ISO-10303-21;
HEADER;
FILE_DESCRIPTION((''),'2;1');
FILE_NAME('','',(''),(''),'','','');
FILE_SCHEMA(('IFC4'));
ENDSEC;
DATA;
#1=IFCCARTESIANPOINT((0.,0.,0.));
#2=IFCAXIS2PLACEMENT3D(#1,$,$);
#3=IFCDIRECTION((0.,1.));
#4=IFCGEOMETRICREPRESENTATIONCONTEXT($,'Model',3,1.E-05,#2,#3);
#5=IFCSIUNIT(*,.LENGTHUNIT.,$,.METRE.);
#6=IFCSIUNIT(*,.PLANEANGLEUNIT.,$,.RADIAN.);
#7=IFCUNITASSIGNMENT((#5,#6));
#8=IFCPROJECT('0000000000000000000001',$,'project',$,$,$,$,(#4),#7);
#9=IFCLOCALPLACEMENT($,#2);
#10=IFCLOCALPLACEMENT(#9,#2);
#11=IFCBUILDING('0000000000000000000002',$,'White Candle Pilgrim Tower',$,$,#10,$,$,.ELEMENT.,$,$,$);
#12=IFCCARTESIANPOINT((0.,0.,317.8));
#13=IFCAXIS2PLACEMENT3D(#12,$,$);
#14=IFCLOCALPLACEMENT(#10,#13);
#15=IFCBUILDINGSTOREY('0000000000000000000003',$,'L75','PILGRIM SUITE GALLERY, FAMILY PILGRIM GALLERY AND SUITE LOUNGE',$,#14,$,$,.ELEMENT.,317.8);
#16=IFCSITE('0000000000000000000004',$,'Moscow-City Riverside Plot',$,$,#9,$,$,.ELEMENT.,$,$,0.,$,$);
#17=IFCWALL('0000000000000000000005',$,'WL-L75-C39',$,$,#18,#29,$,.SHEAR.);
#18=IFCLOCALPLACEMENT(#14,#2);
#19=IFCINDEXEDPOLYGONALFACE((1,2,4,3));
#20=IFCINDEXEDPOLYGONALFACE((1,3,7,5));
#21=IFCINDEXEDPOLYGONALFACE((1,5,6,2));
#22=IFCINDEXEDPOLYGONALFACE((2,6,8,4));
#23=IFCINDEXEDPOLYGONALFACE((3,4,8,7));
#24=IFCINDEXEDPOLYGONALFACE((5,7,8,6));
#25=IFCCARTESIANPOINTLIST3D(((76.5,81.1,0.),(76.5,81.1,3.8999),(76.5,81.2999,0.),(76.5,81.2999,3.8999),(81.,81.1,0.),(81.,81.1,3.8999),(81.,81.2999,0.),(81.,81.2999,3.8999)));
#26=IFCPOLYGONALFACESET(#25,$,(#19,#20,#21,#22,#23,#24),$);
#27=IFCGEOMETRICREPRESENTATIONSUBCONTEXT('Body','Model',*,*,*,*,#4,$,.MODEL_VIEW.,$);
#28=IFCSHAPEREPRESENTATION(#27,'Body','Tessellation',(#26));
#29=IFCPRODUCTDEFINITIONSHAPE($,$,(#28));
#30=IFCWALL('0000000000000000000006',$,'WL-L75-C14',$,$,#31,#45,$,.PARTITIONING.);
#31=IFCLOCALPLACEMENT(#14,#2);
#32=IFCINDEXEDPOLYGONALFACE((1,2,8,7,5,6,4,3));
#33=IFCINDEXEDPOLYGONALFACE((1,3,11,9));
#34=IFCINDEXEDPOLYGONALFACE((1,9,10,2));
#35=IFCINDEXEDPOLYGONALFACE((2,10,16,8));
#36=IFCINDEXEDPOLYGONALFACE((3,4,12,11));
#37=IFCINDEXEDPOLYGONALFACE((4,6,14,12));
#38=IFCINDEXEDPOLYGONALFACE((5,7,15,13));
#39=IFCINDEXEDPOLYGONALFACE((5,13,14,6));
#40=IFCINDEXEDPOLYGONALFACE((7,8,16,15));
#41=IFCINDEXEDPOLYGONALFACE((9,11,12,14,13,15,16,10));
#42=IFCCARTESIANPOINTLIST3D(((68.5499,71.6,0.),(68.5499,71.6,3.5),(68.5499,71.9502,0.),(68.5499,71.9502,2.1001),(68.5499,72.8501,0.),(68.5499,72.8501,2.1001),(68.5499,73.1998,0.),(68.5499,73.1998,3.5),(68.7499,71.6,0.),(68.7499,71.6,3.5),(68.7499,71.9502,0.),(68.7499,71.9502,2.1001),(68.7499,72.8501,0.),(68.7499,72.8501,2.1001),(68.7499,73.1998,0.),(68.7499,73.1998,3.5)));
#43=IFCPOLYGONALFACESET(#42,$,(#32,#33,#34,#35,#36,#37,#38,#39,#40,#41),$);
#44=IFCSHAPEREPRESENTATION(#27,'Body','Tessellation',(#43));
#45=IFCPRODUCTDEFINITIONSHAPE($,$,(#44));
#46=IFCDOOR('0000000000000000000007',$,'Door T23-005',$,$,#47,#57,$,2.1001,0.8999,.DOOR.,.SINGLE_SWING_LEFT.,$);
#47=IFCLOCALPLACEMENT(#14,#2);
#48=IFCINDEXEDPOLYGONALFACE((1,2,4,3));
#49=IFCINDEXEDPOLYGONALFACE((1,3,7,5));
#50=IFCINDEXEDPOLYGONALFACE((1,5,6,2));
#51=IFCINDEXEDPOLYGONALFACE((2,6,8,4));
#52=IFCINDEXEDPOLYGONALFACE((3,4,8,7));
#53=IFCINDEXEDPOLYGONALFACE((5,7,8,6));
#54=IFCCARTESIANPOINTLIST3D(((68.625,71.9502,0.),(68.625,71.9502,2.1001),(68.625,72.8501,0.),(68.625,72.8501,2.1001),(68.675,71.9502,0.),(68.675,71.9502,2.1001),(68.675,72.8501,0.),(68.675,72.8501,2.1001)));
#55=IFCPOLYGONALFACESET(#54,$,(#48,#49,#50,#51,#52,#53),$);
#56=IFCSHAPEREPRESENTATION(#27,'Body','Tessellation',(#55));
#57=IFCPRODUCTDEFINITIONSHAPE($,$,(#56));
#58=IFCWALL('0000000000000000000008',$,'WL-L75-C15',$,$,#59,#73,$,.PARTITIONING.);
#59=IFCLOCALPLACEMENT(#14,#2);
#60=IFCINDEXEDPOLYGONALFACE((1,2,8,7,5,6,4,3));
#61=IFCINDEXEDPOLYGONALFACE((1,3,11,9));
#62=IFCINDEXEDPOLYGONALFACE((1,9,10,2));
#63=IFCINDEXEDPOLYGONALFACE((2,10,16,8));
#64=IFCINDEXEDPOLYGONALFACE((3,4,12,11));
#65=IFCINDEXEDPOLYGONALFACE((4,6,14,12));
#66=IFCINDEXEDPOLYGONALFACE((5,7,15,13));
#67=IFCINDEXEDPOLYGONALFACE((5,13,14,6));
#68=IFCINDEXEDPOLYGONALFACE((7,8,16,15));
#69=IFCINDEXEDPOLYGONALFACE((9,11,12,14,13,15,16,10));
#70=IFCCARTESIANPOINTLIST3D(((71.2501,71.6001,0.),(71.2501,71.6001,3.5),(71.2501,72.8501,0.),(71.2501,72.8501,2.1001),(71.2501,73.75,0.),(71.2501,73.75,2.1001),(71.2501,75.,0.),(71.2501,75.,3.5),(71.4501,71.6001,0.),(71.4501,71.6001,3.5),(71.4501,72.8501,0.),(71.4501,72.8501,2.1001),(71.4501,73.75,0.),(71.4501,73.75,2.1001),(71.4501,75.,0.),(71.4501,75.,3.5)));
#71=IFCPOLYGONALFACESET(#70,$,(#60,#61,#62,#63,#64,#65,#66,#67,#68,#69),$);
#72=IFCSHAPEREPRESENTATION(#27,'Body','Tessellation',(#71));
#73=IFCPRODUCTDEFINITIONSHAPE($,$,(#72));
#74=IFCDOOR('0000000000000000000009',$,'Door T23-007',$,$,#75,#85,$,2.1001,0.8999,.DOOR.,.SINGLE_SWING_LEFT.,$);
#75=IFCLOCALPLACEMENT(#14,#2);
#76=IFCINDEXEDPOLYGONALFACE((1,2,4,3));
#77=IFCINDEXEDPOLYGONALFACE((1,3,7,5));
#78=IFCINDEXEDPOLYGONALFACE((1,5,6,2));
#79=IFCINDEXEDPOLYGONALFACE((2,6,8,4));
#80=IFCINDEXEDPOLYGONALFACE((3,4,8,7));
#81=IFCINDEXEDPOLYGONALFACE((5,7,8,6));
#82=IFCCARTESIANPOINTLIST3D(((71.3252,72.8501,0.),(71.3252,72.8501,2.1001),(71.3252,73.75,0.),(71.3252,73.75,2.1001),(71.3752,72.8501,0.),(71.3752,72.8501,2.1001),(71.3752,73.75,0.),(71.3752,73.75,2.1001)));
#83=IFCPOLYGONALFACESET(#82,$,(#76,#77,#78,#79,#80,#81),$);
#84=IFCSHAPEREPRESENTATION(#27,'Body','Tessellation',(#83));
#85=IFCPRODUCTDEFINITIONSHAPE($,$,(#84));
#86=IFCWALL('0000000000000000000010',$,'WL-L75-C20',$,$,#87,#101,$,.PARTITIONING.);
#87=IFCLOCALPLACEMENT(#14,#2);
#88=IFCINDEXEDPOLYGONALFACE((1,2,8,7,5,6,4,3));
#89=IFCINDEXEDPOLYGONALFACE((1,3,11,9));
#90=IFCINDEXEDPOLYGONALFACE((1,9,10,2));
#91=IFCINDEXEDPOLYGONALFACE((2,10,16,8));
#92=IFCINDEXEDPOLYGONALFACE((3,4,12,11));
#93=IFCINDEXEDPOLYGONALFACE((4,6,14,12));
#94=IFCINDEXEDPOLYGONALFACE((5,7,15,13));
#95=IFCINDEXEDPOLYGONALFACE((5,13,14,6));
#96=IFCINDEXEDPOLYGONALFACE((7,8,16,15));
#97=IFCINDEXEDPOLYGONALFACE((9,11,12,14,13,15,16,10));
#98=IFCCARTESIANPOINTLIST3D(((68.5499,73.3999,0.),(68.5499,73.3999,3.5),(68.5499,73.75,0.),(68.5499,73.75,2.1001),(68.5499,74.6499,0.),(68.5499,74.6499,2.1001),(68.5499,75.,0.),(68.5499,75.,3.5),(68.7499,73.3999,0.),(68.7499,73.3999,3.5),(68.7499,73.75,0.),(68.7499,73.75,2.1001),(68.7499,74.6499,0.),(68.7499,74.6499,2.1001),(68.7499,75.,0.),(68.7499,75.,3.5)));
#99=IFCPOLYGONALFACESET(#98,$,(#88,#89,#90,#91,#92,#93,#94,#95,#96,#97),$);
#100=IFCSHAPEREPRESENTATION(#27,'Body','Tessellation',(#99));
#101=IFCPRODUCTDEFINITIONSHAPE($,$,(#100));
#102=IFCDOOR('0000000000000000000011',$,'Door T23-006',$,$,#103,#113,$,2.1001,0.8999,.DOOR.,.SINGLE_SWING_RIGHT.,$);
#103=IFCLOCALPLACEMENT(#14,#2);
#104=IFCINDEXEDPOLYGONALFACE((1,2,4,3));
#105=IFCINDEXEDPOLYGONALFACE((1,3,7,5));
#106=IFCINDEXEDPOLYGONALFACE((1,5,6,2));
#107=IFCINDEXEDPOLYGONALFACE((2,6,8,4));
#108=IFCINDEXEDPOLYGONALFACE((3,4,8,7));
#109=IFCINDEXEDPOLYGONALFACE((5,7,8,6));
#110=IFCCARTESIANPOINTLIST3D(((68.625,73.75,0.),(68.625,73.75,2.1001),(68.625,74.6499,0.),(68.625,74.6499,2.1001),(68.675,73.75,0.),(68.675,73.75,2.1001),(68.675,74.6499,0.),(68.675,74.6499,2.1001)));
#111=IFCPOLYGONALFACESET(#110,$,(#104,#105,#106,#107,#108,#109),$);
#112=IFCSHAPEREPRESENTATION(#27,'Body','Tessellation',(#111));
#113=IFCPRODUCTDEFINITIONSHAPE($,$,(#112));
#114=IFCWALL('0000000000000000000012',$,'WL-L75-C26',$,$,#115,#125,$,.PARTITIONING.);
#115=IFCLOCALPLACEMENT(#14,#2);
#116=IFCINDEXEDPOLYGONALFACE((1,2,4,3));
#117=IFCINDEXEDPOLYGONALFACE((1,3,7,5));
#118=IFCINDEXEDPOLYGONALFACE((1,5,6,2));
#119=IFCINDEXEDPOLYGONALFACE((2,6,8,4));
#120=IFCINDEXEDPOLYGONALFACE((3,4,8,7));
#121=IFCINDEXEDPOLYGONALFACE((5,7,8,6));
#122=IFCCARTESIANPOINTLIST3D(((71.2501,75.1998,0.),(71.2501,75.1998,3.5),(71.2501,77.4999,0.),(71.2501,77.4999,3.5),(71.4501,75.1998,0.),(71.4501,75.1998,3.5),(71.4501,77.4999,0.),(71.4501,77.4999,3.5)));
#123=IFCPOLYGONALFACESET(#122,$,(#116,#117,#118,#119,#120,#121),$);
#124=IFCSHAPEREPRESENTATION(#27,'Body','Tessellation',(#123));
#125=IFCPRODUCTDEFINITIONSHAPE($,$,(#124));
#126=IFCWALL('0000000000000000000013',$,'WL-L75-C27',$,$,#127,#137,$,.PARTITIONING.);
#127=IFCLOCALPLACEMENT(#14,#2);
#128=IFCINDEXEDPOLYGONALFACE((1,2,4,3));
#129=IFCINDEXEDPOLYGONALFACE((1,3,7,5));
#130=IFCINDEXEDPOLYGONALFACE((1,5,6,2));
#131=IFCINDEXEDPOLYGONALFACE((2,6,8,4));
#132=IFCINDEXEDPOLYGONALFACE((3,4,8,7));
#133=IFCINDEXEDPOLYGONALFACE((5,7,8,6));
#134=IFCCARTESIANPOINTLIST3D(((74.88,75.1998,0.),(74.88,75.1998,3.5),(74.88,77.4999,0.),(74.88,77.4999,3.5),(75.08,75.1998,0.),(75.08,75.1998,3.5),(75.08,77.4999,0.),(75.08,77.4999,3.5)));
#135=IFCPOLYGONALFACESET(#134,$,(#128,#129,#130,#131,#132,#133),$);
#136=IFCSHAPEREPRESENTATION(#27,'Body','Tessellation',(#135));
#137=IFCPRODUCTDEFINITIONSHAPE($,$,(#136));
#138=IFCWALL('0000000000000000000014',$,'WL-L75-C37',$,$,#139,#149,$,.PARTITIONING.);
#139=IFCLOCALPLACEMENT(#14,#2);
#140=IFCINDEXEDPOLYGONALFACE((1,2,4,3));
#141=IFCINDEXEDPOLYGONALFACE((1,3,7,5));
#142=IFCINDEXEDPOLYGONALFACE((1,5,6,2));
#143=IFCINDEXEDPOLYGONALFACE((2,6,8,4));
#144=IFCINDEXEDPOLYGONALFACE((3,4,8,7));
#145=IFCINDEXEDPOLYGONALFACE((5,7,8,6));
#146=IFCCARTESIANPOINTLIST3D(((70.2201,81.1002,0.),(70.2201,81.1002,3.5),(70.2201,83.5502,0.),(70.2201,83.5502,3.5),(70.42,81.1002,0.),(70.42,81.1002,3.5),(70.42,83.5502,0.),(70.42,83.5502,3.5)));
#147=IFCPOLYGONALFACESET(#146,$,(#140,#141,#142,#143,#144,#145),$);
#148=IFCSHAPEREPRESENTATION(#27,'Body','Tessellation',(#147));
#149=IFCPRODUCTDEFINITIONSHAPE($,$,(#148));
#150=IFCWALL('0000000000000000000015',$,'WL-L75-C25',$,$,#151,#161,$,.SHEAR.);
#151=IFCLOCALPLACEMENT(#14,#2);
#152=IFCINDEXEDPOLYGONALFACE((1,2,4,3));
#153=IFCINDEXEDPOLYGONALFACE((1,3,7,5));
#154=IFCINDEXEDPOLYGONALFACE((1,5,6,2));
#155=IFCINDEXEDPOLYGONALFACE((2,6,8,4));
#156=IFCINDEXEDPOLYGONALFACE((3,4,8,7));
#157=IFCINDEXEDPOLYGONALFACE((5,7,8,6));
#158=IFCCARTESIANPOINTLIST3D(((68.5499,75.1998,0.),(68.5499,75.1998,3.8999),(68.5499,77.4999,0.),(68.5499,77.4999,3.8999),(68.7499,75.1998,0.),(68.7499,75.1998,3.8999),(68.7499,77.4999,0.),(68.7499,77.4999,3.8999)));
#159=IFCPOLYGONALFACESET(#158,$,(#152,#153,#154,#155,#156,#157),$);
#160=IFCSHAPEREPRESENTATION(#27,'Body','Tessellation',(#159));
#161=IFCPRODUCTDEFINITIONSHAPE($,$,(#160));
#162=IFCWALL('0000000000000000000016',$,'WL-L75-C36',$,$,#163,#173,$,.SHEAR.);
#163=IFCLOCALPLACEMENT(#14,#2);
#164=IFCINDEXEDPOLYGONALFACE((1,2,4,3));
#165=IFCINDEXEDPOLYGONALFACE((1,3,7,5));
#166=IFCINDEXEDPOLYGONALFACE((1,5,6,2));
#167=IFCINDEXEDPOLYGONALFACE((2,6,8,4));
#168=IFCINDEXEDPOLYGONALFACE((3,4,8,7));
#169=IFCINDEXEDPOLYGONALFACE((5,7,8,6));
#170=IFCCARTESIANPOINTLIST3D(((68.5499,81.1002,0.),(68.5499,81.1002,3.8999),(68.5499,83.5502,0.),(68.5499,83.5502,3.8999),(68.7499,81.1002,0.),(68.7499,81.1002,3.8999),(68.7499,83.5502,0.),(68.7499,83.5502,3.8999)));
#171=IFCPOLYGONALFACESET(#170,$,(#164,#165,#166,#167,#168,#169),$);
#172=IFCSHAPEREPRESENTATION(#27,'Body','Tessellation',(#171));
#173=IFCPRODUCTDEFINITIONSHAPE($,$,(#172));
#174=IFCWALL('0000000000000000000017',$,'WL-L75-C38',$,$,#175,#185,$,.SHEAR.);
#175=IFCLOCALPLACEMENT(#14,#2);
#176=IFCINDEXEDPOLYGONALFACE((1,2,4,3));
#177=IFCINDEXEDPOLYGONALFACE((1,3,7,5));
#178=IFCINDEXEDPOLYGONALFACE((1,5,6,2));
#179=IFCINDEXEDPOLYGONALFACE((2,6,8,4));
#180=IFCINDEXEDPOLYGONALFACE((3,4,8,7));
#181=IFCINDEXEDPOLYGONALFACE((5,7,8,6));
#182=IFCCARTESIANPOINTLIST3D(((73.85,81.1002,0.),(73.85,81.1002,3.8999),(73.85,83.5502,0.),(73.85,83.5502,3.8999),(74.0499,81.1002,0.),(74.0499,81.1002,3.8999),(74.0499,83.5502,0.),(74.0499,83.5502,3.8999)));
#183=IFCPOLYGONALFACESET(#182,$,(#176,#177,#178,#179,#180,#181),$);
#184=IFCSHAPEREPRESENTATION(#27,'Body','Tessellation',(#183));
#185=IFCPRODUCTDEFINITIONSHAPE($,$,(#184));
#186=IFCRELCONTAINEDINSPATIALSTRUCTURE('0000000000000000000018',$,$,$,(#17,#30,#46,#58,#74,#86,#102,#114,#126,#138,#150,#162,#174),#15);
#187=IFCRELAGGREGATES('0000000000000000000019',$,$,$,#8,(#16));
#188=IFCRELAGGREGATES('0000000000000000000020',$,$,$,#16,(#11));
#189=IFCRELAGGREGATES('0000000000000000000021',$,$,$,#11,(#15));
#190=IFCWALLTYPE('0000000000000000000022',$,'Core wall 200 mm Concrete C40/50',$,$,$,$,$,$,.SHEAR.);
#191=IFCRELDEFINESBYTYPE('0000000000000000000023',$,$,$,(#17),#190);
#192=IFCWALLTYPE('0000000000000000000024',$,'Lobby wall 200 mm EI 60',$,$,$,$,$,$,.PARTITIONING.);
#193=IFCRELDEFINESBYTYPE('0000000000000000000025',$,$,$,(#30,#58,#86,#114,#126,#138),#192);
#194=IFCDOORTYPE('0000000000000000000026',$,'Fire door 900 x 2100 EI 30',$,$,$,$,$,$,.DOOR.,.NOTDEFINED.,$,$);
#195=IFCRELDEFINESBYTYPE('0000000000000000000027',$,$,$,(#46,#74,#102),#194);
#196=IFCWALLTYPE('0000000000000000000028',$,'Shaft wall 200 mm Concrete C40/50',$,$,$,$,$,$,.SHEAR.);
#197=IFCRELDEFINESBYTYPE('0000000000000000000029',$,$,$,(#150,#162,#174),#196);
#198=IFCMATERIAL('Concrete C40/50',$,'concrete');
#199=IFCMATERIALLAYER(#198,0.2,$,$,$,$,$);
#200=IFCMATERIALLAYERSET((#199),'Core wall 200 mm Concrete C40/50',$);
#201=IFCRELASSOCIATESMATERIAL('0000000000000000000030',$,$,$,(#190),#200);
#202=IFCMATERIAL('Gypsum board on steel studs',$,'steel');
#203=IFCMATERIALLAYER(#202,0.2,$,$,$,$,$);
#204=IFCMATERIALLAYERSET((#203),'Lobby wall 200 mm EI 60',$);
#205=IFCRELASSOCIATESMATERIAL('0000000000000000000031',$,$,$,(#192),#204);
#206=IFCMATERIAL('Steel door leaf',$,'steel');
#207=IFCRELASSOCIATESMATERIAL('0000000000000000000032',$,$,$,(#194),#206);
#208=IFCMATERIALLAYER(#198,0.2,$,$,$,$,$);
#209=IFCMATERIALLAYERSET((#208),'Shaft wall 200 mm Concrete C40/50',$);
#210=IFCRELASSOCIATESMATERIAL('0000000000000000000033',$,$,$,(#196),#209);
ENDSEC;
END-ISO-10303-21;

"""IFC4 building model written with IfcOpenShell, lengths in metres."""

from ifc_helpers import new_model, si_unit, direction, frame, frame_2d, origin, place, context, subcontext, project, spatial, rectangle, extrude, material, layer, layer_set, type_object, element, fill, save


model = new_model("IFC4")

# Units and contexts
model_context = context("Model", 3, precision=1e-05, world=origin(), true_north=direction((0.0, 1.0)))
body_context = subcontext(model_context, "Body", "Model", "MODEL_VIEW")
ifc_project = project(units=[si_unit("LENGTHUNIT", "METRE"), si_unit("PLANEANGLEUNIT", "RADIAN")], contexts=[model_context])

# Site, building, storey
site_placement = place(None, origin())
site = spatial("IfcSite", under=ifc_project, at=site_placement, Name="Moscow-City Riverside Plot", CompositionType="ELEMENT", RefElevation=0.0)
building_placement = place(site_placement, origin())
building = spatial("IfcBuilding", under=site, at=building_placement, Name="White Candle Pilgrim Tower", CompositionType="ELEMENT")
storey_placement = place(building_placement, frame((0.0, 0.0, 317.8)))
storey = spatial("IfcBuildingStorey", under=building, at=storey_placement, Name="L75", Description="PILGRIM SUITE GALLERY, FAMILY PILGRIM GALLERY AND SUITE LOUNGE", CompositionType="ELEMENT", Elevation=317.8)

# Wall
ifc_material_1 = material(Name="Concrete C40/50", Category="concrete")
ifc_layer_1 = layer(ifc_material_1, 0.2)
ifc_layer_set_1 = layer_set([ifc_layer_1], Name="Core wall 200 mm Concrete C40/50")
wall_type_1 = type_object("IfcWallType", Name="Core wall 200 mm Concrete C40/50", PredefinedType="SHEAR", material=ifc_layer_set_1)
wall_1_placement = place(storey_placement, frame((76.5, 81.2, 0.0), z_axis=(0.0, 0.0, 1.0), x_axis=(1.0, 0.0, 0.0)))
element("IfcWall", 1, at=wall_1_placement, inside=storey, type_object=wall_type_1, Name="WL-L75-C39", PredefinedType="SHEAR", context=body_context, shape_type="SweptSolid", body=[
    extrude(rectangle(XDim=4.5, YDim=0.2, at=frame_2d((2.25, 0.0))), origin(), (0.0, 0.0, 1.0), 3.8999),
])

# Walls, openings, doors
ifc_material_2 = material(Name="Gypsum board on steel studs", Category="steel")
ifc_layer_2 = layer(ifc_material_2, 0.2)
ifc_layer_set_2 = layer_set([ifc_layer_2], Name="Lobby wall 200 mm EI 60")
wall_type_2 = type_object("IfcWallType", Name="Lobby wall 200 mm EI 60", PredefinedType="PARTITIONING", material=ifc_layer_set_2)
wall_2_placement = place(storey_placement, frame((68.6499, 71.6001, 0.0), z_axis=(0.0, 0.0, 1.0), x_axis=(0.0, 1.0, 0.0)))
wall_2 = element("IfcWall", 2, at=wall_2_placement, inside=storey, type_object=wall_type_2, Name="WL-L75-C14", PredefinedType="PARTITIONING", context=body_context, shape_type="SweptSolid", body=[
    extrude(rectangle(XDim=1.5999, YDim=0.2, at=frame_2d((0.7998, 0.0))), origin(), (0.0, 0.0, 1.0), 3.5),
])
opening_1_placement = place(wall_2_placement, frame((0.3501, 0.0, 0.0)))
opening_1 = element("IfcOpeningElement", 3, at=opening_1_placement, cuts=wall_2, PredefinedType="OPENING", context=body_context, shape_type="SweptSolid", body=[
    extrude(rectangle(XDim=0.8999, YDim=2.1001, at=frame_2d((0.45, 1.05))), frame((0.0, 0.1099, 0.0), z_axis=(0.0, -1.0, 0.0), x_axis=(1.0, 0.0, 0.0)), (0.0, 0.0, 1.0), 0.22),
])
ifc_material_3 = material(Name="Steel door leaf", Category="steel")
door_type = type_object("IfcDoorType", Name="Fire door 900 x 2100 EI 30", OperationType="NOTDEFINED", PredefinedType="DOOR", material=ifc_material_3)
door_1_placement = place(opening_1_placement, origin())
door_1 = element("IfcDoor", 4, at=door_1_placement, inside=storey, type_object=door_type, Name="Door T23-005", OperationType="SINGLE_SWING_LEFT", OverallHeight=2.1001, OverallWidth=0.8999, PredefinedType="DOOR", context=body_context, shape_type="SweptSolid", body=[
    extrude(rectangle(XDim=0.8999, YDim=2.1001, at=frame_2d((0.45, 1.05))), frame((0.0, 0.0249, 0.0), z_axis=(0.0, -1.0, 0.0), x_axis=(1.0, 0.0, 0.0)), (0.0, 0.0, 1.0), 0.05),
])
fill(opening_1, door_1)
wall_3_placement = place(storey_placement, frame((71.3501, 71.6001, 0.0), z_axis=(0.0, 0.0, 1.0), x_axis=(0.0, 1.0, 0.0)))
wall_3 = element("IfcWall", 5, at=wall_3_placement, inside=storey, type_object=wall_type_2, Name="WL-L75-C15", PredefinedType="PARTITIONING", context=body_context, shape_type="SweptSolid", body=[
    extrude(rectangle(XDim=3.3999, YDim=0.2, at=frame_2d((1.7, 0.0))), origin(), (0.0, 0.0, 1.0), 3.5),
])
opening_2_placement = place(wall_3_placement, frame((1.25, 0.0, 0.0)))
opening_2 = element("IfcOpeningElement", 6, at=opening_2_placement, cuts=wall_3, PredefinedType="OPENING", context=body_context, shape_type="SweptSolid", body=[
    extrude(rectangle(XDim=0.8999, YDim=2.1001, at=frame_2d((0.45, 1.05))), frame((0.0, 0.1099, 0.0), z_axis=(0.0, -1.0, 0.0), x_axis=(1.0, 0.0, 0.0)), (0.0, 0.0, 1.0), 0.22),
])
door_2_placement = place(opening_2_placement, origin())
door_2 = element("IfcDoor", 7, at=door_2_placement, inside=storey, type_object=door_type, Name="Door T23-007", OperationType="SINGLE_SWING_LEFT", OverallHeight=2.1001, OverallWidth=0.8999, PredefinedType="DOOR", context=body_context, shape_type="SweptSolid", body=[
    extrude(rectangle(XDim=0.8999, YDim=2.1001, at=frame_2d((0.45, 1.05))), frame((0.0, 0.0249, 0.0), z_axis=(0.0, -1.0, 0.0), x_axis=(1.0, 0.0, 0.0)), (0.0, 0.0, 1.0), 0.05),
])
fill(opening_2, door_2)
wall_4_placement = place(storey_placement, frame((68.6499, 73.3999, 0.0), z_axis=(0.0, 0.0, 1.0), x_axis=(0.0, 1.0, 0.0)))
wall_4 = element("IfcWall", 8, at=wall_4_placement, inside=storey, type_object=wall_type_2, Name="WL-L75-C20", PredefinedType="PARTITIONING", context=body_context, shape_type="SweptSolid", body=[
    extrude(rectangle(XDim=1.6001, YDim=0.2, at=frame_2d((0.8, 0.0))), origin(), (0.0, 0.0, 1.0), 3.5),
])
opening_3_placement = place(wall_4_placement, frame((0.3501, 0.0, 0.0)))
opening_3 = element("IfcOpeningElement", 9, at=opening_3_placement, cuts=wall_4, PredefinedType="OPENING", context=body_context, shape_type="SweptSolid", body=[
    extrude(rectangle(XDim=0.8999, YDim=2.1001, at=frame_2d((0.45, 1.05))), frame((0.0, 0.1099, 0.0), z_axis=(0.0, -1.0, 0.0), x_axis=(1.0, 0.0, 0.0)), (0.0, 0.0, 1.0), 0.22),
])
door_3_placement = place(opening_3_placement, origin())
door_3 = element("IfcDoor", 10, at=door_3_placement, inside=storey, type_object=door_type, Name="Door T23-006", OperationType="SINGLE_SWING_RIGHT", OverallHeight=2.1001, OverallWidth=0.8999, PredefinedType="DOOR", context=body_context, shape_type="SweptSolid", body=[
    extrude(rectangle(XDim=0.8999, YDim=2.1001, at=frame_2d((0.45, 1.05))), frame((0.0, 0.0249, 0.0), z_axis=(0.0, -1.0, 0.0), x_axis=(1.0, 0.0, 0.0)), (0.0, 0.0, 1.0), 0.05),
])
fill(opening_3, door_3)

# Walls
for number, where, z_axis, x_axis, name in (
    (11, (71.3501, 75.2, 0.0), (0.0, 0.0, 1.0), (0.0, 1.0, 0.0), "WL-L75-C26"),
    (12, (74.98, 75.2, 0.0), (0.0, 0.0, 1.0), (0.0, 1.0, 0.0), "WL-L75-C27"),
):
    element("IfcWall", number, at=place(storey_placement, frame(where, z_axis=z_axis, x_axis=x_axis)), inside=storey, type_object=wall_type_2, Name=name, PredefinedType="PARTITIONING", context=body_context, shape_type="SweptSolid", body=[
        extrude(rectangle(XDim=2.3, YDim=0.2, at=frame_2d((1.1499, 0.0))), origin(), (0.0, 0.0, 1.0), 3.5),
    ])
wall_5_placement = place(storey_placement, frame((70.3201, 81.1001, 0.0), z_axis=(0.0, 0.0, 1.0), x_axis=(0.0, 1.0, 0.0)))
element("IfcWall", 13, at=wall_5_placement, inside=storey, type_object=wall_type_2, Name="WL-L75-C37", PredefinedType="PARTITIONING", context=body_context, shape_type="SweptSolid", body=[
    extrude(rectangle(XDim=2.45, YDim=0.2, at=frame_2d((1.2251, 0.0))), origin(), (0.0, 0.0, 1.0), 3.5),
])
ifc_layer_3 = layer(ifc_material_1, 0.2)
ifc_layer_set_3 = layer_set([ifc_layer_3], Name="Shaft wall 200 mm Concrete C40/50")
wall_type_3 = type_object("IfcWallType", Name="Shaft wall 200 mm Concrete C40/50", PredefinedType="SHEAR", material=ifc_layer_set_3)
wall_6_placement = place(storey_placement, frame((68.6499, 75.2, 0.0), z_axis=(0.0, 0.0, 1.0), x_axis=(0.0, 1.0, 0.0)))
element("IfcWall", 14, at=wall_6_placement, inside=storey, type_object=wall_type_3, Name="WL-L75-C25", PredefinedType="SHEAR", context=body_context, shape_type="SweptSolid", body=[
    extrude(rectangle(XDim=2.3, YDim=0.2, at=frame_2d((1.1499, 0.0))), origin(), (0.0, 0.0, 1.0), 3.8999),
])
for number, where, z_axis, x_axis, name in (
    (15, (68.6499, 81.1001, 0.0), (0.0, 0.0, 1.0), (0.0, 1.0, 0.0), "WL-L75-C36"),
    (16, (73.95, 81.1001, 0.0), (0.0, 0.0, 1.0), (0.0, 1.0, 0.0), "WL-L75-C38"),
):
    element("IfcWall", number, at=place(storey_placement, frame(where, z_axis=z_axis, x_axis=x_axis)), inside=storey, type_object=wall_type_3, Name=name, PredefinedType="SHEAR", context=body_context, shape_type="SweptSolid", body=[
        extrude(rectangle(XDim=2.45, YDim=0.2, at=frame_2d((1.2251, 0.0))), origin(), (0.0, 0.0, 1.0), 3.8999),
    ])

save(model, "model.ifc")
